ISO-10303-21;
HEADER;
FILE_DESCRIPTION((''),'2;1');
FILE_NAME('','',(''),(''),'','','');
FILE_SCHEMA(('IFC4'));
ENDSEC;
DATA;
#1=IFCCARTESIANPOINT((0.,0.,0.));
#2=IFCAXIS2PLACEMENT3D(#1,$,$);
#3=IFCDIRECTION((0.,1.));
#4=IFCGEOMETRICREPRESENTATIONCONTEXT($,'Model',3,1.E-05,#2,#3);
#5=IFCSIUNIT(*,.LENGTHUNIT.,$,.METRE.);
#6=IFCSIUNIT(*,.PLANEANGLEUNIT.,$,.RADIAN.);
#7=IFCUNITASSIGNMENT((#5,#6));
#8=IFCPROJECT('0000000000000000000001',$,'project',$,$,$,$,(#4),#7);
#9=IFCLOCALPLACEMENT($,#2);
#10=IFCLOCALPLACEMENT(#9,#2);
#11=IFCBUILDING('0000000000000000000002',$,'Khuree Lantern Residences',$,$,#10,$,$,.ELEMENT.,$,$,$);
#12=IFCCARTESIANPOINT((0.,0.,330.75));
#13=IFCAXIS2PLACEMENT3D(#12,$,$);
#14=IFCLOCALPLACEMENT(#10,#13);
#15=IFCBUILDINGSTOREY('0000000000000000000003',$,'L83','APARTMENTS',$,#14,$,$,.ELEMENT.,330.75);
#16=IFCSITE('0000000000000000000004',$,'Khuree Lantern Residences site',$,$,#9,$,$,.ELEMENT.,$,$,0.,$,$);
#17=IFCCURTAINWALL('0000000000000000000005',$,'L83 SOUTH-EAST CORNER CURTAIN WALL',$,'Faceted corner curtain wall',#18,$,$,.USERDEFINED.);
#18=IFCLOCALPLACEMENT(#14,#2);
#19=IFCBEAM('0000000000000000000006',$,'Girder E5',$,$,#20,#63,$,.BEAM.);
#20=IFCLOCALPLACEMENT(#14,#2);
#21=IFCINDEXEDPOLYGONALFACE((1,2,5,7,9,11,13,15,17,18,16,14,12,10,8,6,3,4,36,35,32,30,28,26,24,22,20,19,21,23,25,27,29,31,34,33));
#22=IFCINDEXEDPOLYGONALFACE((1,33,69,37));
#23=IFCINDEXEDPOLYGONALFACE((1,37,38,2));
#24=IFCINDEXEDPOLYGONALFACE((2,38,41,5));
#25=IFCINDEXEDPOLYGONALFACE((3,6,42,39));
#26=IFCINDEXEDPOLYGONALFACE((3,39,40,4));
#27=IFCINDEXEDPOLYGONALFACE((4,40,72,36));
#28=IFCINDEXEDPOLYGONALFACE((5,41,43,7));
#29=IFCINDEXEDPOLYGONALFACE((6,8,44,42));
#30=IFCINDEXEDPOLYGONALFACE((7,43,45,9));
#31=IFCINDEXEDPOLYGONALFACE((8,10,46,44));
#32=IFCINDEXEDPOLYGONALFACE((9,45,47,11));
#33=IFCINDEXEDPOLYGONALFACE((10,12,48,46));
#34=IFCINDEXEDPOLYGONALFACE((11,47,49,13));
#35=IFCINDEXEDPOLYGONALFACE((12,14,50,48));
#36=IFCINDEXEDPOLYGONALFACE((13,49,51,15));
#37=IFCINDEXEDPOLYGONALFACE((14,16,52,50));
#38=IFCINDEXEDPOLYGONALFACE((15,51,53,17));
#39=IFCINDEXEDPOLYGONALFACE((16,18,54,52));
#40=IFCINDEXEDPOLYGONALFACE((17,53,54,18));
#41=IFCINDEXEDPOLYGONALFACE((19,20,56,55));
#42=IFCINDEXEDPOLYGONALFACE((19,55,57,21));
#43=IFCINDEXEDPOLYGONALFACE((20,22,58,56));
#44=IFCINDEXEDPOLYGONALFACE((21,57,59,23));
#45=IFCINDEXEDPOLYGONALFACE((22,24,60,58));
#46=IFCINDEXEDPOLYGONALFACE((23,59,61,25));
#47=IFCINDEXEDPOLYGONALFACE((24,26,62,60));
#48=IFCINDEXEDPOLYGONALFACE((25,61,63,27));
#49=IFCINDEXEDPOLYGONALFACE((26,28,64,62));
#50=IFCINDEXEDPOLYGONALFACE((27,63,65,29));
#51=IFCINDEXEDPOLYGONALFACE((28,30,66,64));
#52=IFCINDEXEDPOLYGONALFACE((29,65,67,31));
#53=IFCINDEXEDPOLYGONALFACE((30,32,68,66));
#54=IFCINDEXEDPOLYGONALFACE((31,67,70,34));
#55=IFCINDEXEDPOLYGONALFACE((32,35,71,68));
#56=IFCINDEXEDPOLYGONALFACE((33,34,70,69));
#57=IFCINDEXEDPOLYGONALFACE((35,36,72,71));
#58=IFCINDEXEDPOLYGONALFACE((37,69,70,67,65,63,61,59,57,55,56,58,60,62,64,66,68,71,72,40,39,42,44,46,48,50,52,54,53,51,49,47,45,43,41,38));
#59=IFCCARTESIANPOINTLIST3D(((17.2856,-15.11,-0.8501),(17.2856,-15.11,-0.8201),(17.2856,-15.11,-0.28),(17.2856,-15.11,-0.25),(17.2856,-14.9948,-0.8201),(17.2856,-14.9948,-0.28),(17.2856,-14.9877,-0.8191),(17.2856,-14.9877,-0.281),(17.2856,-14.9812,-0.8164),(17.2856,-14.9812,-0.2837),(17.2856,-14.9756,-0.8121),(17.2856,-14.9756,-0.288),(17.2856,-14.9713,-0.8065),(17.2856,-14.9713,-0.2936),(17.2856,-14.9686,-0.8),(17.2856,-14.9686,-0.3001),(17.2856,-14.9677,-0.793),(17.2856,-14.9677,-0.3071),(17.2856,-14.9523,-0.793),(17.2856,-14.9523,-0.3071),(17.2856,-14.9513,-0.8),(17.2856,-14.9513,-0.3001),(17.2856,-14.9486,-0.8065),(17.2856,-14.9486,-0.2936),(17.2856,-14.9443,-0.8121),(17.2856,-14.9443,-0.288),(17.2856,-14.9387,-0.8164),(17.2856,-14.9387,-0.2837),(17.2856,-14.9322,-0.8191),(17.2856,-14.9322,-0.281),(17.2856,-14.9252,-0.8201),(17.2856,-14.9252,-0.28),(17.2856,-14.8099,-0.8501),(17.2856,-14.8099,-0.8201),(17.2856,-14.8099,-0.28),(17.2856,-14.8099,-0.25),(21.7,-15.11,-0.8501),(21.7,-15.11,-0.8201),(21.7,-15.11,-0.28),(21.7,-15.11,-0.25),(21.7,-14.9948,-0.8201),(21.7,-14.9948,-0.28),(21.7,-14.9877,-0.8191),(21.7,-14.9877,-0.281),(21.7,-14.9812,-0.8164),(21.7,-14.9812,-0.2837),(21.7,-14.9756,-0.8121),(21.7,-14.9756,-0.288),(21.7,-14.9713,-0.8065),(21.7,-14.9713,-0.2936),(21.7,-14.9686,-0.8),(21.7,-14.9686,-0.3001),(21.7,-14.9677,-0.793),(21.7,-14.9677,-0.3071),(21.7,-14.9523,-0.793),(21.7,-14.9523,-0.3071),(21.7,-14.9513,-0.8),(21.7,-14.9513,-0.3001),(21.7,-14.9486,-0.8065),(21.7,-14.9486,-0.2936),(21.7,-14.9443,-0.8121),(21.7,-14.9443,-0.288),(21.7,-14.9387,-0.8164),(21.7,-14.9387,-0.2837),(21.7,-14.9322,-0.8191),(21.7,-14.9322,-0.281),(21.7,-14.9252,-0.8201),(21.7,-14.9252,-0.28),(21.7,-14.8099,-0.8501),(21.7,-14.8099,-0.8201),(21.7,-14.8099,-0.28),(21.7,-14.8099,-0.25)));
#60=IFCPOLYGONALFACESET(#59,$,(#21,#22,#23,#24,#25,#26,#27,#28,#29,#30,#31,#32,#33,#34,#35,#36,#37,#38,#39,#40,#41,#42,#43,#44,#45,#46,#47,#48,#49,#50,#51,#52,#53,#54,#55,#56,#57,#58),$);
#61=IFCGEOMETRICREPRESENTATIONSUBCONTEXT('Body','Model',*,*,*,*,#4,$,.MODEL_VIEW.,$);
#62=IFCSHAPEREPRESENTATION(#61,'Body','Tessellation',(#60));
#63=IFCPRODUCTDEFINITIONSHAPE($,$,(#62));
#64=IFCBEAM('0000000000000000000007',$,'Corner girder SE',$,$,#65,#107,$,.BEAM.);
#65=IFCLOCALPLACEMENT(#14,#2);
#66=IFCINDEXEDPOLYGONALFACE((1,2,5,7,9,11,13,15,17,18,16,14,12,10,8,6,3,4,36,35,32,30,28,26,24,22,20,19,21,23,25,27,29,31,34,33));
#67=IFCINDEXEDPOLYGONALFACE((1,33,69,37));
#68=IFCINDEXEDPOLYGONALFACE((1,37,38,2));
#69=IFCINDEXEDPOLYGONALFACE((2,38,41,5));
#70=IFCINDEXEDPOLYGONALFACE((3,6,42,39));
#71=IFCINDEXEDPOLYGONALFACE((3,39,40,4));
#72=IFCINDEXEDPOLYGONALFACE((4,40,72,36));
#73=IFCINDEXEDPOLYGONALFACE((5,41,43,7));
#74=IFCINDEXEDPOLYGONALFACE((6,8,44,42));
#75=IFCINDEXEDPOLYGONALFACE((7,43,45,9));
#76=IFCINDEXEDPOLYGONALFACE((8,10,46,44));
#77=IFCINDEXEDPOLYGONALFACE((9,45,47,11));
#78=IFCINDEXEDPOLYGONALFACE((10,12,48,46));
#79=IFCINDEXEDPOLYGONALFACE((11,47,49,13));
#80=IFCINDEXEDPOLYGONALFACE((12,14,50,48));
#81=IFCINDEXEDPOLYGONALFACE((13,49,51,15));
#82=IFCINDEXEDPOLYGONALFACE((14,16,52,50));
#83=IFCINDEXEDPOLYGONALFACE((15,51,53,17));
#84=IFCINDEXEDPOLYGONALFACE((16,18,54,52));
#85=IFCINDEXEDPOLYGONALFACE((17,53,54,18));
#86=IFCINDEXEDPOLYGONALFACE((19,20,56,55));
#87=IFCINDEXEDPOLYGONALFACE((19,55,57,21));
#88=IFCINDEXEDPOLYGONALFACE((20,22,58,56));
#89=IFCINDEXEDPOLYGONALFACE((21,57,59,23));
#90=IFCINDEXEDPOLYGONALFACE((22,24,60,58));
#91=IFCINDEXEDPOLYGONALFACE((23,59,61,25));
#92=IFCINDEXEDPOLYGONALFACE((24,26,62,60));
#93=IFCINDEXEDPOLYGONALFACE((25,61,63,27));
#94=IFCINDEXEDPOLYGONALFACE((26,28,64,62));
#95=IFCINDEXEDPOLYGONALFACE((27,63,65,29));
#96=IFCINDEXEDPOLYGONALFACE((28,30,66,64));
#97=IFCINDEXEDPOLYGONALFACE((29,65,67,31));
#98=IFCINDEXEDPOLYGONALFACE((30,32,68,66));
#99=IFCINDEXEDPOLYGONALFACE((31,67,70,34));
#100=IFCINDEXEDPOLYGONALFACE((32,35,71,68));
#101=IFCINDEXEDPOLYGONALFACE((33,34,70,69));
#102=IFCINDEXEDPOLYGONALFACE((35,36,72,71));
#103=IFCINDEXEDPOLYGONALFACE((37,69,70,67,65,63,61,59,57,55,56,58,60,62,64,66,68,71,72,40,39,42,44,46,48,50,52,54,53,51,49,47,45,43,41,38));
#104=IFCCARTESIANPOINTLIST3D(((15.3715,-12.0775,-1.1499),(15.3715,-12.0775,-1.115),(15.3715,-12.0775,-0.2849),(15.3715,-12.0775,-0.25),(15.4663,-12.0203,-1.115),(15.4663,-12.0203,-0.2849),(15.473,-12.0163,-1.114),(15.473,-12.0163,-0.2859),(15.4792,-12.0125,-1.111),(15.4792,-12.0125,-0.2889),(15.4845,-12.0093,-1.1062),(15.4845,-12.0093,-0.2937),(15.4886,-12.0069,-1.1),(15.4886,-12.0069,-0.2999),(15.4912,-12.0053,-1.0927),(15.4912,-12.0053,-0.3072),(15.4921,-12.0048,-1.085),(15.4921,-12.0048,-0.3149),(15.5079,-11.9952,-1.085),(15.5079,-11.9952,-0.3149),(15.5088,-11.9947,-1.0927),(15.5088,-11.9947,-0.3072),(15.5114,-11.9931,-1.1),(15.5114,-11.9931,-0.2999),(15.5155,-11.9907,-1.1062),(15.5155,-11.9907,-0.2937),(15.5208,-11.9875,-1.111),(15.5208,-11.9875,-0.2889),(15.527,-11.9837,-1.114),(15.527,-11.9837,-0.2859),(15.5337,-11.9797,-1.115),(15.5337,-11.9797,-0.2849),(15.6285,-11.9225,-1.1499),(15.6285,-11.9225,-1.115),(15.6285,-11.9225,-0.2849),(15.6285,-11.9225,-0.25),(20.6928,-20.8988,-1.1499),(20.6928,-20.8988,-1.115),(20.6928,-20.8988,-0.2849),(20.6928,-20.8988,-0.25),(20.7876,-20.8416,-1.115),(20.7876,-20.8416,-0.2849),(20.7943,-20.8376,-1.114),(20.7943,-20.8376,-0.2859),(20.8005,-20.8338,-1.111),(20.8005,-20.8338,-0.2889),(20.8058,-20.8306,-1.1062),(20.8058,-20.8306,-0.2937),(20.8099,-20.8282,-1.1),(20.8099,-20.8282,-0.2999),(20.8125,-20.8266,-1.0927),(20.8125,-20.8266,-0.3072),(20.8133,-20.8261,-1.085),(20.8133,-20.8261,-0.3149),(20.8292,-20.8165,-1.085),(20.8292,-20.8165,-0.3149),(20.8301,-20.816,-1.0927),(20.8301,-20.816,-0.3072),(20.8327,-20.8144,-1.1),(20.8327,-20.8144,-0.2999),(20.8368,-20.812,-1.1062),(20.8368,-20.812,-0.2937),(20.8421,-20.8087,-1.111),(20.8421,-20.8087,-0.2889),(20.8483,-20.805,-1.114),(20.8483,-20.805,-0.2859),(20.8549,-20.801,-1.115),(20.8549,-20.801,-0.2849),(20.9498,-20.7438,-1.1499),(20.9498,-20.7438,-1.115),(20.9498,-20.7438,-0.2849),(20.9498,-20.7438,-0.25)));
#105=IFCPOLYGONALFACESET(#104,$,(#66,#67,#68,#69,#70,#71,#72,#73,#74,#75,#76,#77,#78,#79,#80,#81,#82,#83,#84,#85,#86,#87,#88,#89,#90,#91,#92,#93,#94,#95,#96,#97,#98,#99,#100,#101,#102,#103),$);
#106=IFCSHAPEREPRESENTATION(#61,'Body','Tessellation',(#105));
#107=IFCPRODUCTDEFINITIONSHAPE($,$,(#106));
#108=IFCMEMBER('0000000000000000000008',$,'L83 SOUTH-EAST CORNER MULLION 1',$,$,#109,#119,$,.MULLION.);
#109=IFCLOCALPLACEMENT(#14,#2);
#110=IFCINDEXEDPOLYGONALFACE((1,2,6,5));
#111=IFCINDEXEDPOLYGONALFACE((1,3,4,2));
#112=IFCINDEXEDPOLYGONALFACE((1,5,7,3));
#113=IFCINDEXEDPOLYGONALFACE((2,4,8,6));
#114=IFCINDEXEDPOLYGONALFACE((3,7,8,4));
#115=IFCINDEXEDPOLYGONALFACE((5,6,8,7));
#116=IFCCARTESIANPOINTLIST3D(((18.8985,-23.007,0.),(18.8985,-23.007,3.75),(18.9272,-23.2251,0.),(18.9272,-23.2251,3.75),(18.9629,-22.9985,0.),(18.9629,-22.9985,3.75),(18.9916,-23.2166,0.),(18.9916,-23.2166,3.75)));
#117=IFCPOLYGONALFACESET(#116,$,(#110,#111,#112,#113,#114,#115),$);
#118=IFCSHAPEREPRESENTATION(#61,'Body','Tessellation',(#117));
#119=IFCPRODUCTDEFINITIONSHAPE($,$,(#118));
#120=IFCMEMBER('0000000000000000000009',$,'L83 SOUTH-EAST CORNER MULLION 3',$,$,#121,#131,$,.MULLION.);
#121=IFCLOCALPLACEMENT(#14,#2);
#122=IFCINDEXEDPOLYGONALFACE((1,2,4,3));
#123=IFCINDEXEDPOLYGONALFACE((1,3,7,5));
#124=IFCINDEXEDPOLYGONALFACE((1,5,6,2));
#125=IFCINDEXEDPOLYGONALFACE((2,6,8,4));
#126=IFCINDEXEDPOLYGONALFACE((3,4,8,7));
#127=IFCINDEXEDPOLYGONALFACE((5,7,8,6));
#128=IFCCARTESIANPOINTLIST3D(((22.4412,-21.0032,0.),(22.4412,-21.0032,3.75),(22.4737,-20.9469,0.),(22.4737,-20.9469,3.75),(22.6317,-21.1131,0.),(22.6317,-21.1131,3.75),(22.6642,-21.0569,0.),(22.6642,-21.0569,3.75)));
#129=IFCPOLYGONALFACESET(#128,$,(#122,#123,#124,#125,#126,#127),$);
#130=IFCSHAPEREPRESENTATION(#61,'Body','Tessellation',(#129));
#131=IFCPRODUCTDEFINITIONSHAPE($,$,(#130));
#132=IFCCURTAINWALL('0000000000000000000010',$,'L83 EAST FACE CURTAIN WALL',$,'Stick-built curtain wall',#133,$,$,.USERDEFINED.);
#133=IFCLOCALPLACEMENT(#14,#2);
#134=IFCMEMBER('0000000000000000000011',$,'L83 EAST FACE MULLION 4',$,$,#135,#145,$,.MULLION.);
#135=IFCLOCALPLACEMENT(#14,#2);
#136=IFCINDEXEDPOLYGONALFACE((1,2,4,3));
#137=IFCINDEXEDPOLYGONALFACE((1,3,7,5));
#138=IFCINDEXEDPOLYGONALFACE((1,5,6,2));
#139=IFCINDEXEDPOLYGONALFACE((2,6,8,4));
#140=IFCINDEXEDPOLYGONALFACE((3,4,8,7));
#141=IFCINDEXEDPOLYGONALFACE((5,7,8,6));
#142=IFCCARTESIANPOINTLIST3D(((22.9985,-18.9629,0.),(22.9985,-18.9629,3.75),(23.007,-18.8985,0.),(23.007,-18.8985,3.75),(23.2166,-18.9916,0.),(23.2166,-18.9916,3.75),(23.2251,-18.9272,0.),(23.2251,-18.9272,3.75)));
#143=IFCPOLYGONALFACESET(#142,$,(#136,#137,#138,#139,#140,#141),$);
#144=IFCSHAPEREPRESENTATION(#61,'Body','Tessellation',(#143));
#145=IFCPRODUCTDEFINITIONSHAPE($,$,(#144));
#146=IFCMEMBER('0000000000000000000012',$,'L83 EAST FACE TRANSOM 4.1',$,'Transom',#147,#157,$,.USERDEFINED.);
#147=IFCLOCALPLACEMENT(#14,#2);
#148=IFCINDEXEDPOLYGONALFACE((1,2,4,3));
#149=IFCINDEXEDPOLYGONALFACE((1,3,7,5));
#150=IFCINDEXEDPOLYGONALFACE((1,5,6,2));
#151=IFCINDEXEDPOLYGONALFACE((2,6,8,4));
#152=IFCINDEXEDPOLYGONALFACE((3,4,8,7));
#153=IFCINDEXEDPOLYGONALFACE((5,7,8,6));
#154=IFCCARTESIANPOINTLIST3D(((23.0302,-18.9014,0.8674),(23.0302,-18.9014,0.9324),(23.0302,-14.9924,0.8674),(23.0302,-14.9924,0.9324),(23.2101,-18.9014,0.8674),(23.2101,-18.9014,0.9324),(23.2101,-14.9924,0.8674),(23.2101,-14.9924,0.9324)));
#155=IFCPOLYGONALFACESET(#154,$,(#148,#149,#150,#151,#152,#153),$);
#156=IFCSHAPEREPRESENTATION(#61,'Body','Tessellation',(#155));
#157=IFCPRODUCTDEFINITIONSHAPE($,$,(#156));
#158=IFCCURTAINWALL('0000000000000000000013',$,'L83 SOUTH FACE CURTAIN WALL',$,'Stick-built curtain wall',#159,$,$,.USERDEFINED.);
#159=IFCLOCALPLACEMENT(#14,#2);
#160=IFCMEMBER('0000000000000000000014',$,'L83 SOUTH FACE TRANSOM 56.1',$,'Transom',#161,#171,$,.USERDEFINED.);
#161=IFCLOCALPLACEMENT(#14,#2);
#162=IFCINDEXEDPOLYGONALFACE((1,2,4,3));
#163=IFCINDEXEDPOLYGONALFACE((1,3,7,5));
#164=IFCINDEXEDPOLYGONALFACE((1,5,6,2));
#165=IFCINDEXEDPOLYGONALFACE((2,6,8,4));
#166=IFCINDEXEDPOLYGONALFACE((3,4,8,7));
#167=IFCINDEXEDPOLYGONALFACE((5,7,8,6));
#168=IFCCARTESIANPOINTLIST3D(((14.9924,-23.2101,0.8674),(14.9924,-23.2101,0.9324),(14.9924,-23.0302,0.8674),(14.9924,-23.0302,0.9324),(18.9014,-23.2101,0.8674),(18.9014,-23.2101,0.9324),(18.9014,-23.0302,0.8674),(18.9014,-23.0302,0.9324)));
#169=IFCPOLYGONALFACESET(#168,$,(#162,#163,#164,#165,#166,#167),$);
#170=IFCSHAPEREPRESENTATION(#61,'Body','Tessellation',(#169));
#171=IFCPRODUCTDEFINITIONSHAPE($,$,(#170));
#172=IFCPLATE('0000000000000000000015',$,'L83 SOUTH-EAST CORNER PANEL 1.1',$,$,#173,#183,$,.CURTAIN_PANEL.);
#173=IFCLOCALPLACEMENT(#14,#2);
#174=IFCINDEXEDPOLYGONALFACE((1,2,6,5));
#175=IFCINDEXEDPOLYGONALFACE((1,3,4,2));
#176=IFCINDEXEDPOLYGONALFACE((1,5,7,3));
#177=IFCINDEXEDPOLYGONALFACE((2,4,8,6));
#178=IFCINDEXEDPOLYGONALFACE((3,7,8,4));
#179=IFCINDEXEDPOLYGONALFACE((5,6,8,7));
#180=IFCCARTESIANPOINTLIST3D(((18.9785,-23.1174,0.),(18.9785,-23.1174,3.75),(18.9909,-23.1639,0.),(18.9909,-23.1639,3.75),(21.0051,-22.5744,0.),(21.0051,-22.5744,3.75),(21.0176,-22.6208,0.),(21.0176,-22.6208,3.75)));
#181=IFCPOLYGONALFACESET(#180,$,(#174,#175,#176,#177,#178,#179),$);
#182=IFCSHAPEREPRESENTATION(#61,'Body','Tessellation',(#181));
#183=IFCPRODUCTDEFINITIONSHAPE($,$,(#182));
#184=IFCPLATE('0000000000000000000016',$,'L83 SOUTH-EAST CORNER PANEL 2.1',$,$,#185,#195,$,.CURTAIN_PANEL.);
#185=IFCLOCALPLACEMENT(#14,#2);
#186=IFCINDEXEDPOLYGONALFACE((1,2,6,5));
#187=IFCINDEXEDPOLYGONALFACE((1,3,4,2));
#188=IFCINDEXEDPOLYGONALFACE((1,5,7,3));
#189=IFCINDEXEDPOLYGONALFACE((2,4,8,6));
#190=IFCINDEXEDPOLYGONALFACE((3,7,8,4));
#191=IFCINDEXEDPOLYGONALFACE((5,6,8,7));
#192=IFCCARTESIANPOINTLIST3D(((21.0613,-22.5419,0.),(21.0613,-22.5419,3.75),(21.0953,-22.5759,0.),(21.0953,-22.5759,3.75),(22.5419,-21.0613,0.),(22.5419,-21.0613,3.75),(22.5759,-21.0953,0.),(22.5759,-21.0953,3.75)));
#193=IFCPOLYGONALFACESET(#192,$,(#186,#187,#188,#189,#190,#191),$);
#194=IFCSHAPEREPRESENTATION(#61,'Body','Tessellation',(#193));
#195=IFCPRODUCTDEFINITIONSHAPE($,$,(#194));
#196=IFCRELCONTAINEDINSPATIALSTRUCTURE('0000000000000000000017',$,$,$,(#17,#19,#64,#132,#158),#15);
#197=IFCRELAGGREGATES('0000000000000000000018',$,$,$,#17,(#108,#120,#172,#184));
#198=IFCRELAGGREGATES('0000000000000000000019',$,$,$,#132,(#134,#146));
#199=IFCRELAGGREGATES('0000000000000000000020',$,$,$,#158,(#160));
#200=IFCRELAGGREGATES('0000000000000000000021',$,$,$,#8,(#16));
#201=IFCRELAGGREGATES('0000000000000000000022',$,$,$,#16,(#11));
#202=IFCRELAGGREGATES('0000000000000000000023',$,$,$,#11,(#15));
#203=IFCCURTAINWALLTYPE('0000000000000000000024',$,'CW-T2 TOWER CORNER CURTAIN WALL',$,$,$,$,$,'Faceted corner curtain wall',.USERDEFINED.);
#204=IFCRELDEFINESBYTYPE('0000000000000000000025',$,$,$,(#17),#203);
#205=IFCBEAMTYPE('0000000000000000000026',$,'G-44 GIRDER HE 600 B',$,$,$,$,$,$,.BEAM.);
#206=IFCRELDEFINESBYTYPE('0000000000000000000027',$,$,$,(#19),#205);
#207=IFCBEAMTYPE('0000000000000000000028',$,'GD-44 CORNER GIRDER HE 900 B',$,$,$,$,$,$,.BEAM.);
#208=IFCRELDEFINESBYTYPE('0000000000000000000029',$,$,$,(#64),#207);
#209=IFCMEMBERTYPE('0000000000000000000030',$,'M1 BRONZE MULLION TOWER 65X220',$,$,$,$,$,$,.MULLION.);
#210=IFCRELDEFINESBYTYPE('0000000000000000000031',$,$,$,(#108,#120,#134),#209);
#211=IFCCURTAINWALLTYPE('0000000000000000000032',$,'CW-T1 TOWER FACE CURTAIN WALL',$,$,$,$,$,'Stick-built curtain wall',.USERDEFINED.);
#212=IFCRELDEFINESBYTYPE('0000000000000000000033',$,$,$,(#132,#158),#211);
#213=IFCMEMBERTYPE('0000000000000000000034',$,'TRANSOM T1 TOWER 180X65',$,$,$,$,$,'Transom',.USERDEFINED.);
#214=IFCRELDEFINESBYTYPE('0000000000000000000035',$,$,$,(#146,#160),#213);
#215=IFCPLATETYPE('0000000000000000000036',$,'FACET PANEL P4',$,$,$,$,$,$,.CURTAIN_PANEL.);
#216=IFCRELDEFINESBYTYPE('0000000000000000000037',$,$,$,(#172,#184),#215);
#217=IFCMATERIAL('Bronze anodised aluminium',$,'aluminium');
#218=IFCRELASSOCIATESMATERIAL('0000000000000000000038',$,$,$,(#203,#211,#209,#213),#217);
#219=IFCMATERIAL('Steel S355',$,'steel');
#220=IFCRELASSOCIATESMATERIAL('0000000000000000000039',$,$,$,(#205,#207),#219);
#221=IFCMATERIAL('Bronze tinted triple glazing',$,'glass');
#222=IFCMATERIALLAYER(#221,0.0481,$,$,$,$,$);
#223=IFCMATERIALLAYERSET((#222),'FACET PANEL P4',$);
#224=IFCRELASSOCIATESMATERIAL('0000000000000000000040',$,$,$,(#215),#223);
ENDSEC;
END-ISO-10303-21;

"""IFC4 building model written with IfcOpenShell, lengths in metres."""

from ifc_helpers import new_model, si_unit, direction, frame, origin, origin_2d, place, context, subcontext, project, spatial, rectangle, i_section, extrude, material, layer, layer_set, material_profile, profile_set, type_object, element, aggregate, save


model = new_model("IFC4")

# Units and contexts
model_context = context("Model", 3, precision=1e-05, world=origin(), true_north=direction((0.0, 1.0)))
body_context = subcontext(model_context, "Body", "Model", "MODEL_VIEW")
ifc_project = project(units=[si_unit("LENGTHUNIT", "METRE"), si_unit("PLANEANGLEUNIT", "RADIAN")], contexts=[model_context])

# Site, building, storey
site_placement = place(None, origin())
site = spatial("IfcSite", under=ifc_project, at=site_placement, Name="Khuree Lantern Residences site", CompositionType="ELEMENT", RefElevation=0.0)
building_placement = place(site_placement, origin())
building = spatial("IfcBuilding", under=site, at=building_placement, Name="Khuree Lantern Residences", CompositionType="ELEMENT")
storey_placement = place(building_placement, frame((0.0, 0.0, 330.75)))
storey = spatial("IfcBuildingStorey", under=building, at=storey_placement, Name="L83", Description="APARTMENTS", CompositionType="ELEMENT", Elevation=330.75)

# Shared definitions
ifc_material_1 = material(Name="Steel S355", Category="steel")

# Curtain wall
ifc_material_2 = material(Name="Bronze anodised aluminium", Category="aluminium")
curtain_wall_type_1 = type_object("IfcCurtainWallType", Name="CW-T2 TOWER CORNER CURTAIN WALL", ElementType="Faceted corner curtain wall", PredefinedType="USERDEFINED", material=ifc_material_2)
curtain_wall_1_placement = place(storey_placement, origin())
curtain_wall_1 = element("IfcCurtainWall", 1, at=curtain_wall_1_placement, inside=storey, type_object=curtain_wall_type_1, Name="L83 SOUTH-EAST CORNER CURTAIN WALL", ObjectType="Faceted corner curtain wall", PredefinedType="USERDEFINED")

# Beams
ifc_material_profile_1 = material_profile(ifc_material_1, i_section(OverallWidth=0.3, OverallDepth=0.6001, WebThickness=0.0154, FlangeThickness=0.03, FilletRadius=0.0271, at=origin_2d()), Name="HE 600 B")
ifc_profile_set_1 = profile_set([ifc_material_profile_1], Name="Steel S355")
beam_type_1 = type_object("IfcBeamType", Name="G-44 GIRDER HE 600 B", PredefinedType="BEAM", material=ifc_profile_set_1)
beam_1_placement = place(storey_placement, frame((21.7, -14.96, -0.55), z_axis=(-1.0, 0.0, 0.0), x_axis=(0.0, -1.0, 0.0)))
element("IfcBeam", 2, at=beam_1_placement, inside=storey, type_object=beam_type_1, Name="Girder E5", PredefinedType="BEAM", context=body_context, shape_type="SweptSolid", body=[
    extrude(i_section(OverallWidth=0.3, OverallDepth=0.6001, WebThickness=0.0154, FlangeThickness=0.03, FilletRadius=0.0271, at=origin_2d()), origin(), (0.0, 0.0, 1.0), 4.4143),
])
ifc_material_profile_2 = material_profile(ifc_material_1, i_section(OverallWidth=0.3, OverallDepth=0.8999, WebThickness=0.0186, FlangeThickness=0.0349, FilletRadius=0.03, at=origin_2d()), Name="HE 900 B")
ifc_profile_set_2 = profile_set([ifc_material_profile_2], Name="Steel S355")
beam_type_2 = type_object("IfcBeamType", Name="GD-44 CORNER GIRDER HE 900 B", PredefinedType="BEAM", material=ifc_profile_set_2)
beam_2_placement = place(storey_placement, frame((20.8213, -20.8213, -0.7), z_axis=(-0.51653, 0.856269, 0.0), x_axis=(-0.856269, -0.51653, 0.0)))
element("IfcBeam", 3, at=beam_2_placement, inside=storey, type_object=beam_type_2, Name="Corner girder SE", PredefinedType="BEAM", context=body_context, shape_type="SweptSolid", body=[
    extrude(i_section(OverallWidth=0.3, OverallDepth=0.8999, WebThickness=0.0186, FlangeThickness=0.0349, FilletRadius=0.03, at=origin_2d()), origin(), (0.0, 0.0, 1.0), 10.302),
])

# Members
ifc_material_profile_3 = material_profile(ifc_material_2, rectangle(XDim=0.0649, YDim=0.22, at=origin_2d()), Name="M1 65X220")
ifc_profile_set_3 = profile_set([ifc_material_profile_3], Name="Bronze anodised aluminium")
member_type_1 = type_object("IfcMemberType", Name="M1 BRONZE MULLION TOWER 65X220", PredefinedType="MULLION", material=ifc_profile_set_3)
member_1_placement = place(storey_placement, frame((18.9451, -23.1118, 0.0), z_axis=(0.0, 0.0, 1.0), x_axis=(0.991445, 0.130526, 0.0)))
member_1 = element("IfcMember", 4, at=member_1_placement, type_object=member_type_1, Name="L83 SOUTH-EAST CORNER MULLION 1", PredefinedType="MULLION", context=body_context, shape_type="SweptSolid", body=[
    extrude(rectangle(XDim=0.0649, YDim=0.22, at=origin_2d()), origin(), (0.0, 0.0, 1.0), 3.75),
])
member_2_placement = place(storey_placement, frame((22.5527, -21.03, 0.0), z_axis=(0.0, 0.0, 1.0), x_axis=(0.5, 0.866025, 0.0)))
member_2 = element("IfcMember", 5, at=member_2_placement, type_object=member_type_1, Name="L83 SOUTH-EAST CORNER MULLION 3", PredefinedType="MULLION", context=body_context, shape_type="SweptSolid", body=[
    extrude(rectangle(XDim=0.0649, YDim=0.22, at=origin_2d()), origin(), (0.0, 0.0, 1.0), 3.75),
])

# Curtain wall, members
curtain_wall_type_2 = type_object("IfcCurtainWallType", Name="CW-T1 TOWER FACE CURTAIN WALL", ElementType="Stick-built curtain wall", PredefinedType="USERDEFINED", material=ifc_material_2)
curtain_wall_2_placement = place(storey_placement, origin())
curtain_wall_2 = element("IfcCurtainWall", 6, at=curtain_wall_2_placement, inside=storey, type_object=curtain_wall_type_2, Name="L83 EAST FACE CURTAIN WALL", ObjectType="Stick-built curtain wall", PredefinedType="USERDEFINED")
member_3_placement = place(storey_placement, frame((23.1118, -18.9451, 0.0), z_axis=(0.0, 0.0, 1.0), x_axis=(0.130526, 0.991445, 0.0)))
member_3 = element("IfcMember", 7, at=member_3_placement, type_object=member_type_1, Name="L83 EAST FACE MULLION 4", PredefinedType="MULLION", context=body_context, shape_type="SweptSolid", body=[
    extrude(rectangle(XDim=0.0649, YDim=0.22, at=origin_2d()), origin(), (0.0, 0.0, 1.0), 3.75),
])
ifc_material_profile_4 = material_profile(ifc_material_2, rectangle(XDim=0.1799, YDim=0.0649, at=origin_2d()), Name="T1 180X65")
ifc_profile_set_4 = profile_set([ifc_material_profile_4], Name="Bronze anodised aluminium")
member_type_2 = type_object("IfcMemberType", Name="TRANSOM T1 TOWER 180X65", ElementType="Transom", PredefinedType="USERDEFINED", material=ifc_profile_set_4)
member_4_placement = place(storey_placement, frame((23.1201, -18.9014, 0.8999), z_axis=(0.0, 1.0, 0.0), x_axis=(-1.0, 0.0, 0.0)))
member_4 = element("IfcMember", 8, at=member_4_placement, type_object=member_type_2, Name="L83 EAST FACE TRANSOM 4.1", ObjectType="Transom", PredefinedType="USERDEFINED", context=body_context, shape_type="SweptSolid", body=[
    extrude(rectangle(XDim=0.1799, YDim=0.0649, at=origin_2d()), origin(), (0.0, 0.0, 1.0), 3.9089),
])

# Curtain wall, member
curtain_wall_3_placement = place(storey_placement, origin())
curtain_wall_3 = element("IfcCurtainWall", 9, at=curtain_wall_3_placement, inside=storey, type_object=curtain_wall_type_2, Name="L83 SOUTH FACE CURTAIN WALL", ObjectType="Stick-built curtain wall", PredefinedType="USERDEFINED")
member_5_placement = place(storey_placement, frame((14.9924, -23.1201, 0.8999), z_axis=(1.0, 0.0, 0.0), x_axis=(0.0, 1.0, 0.0)))
member_5 = element("IfcMember", 10, at=member_5_placement, type_object=member_type_2, Name="L83 SOUTH FACE TRANSOM 56.1", ObjectType="Transom", PredefinedType="USERDEFINED", context=body_context, shape_type="SweptSolid", body=[
    extrude(rectangle(XDim=0.1799, YDim=0.0649, at=origin_2d()), origin(), (0.0, 0.0, 1.0), 3.9089),
])

# Plates
ifc_material_3 = material(Name="Bronze tinted triple glazing", Category="glass")
ifc_layer_1 = layer(ifc_material_3, 0.0481)
ifc_layer_set_1 = layer_set([ifc_layer_1], Name="FACET PANEL P4")
plate_type_1 = type_object("IfcPlateType", Name="FACET PANEL P4", PredefinedType="CURTAIN_PANEL", material=ifc_layer_set_1)
plate_1_placement = place(storey_placement, frame((19.998, -22.8691, 0.0), z_axis=(0.0, 0.0, 1.0), x_axis=(0.965926, 0.258819, 0.0)))
plate_1 = element("IfcPlate", 11, at=plate_1_placement, type_object=plate_type_1, Name="L83 SOUTH-EAST CORNER PANEL 1.1", PredefinedType="CURTAIN_PANEL", context=body_context, shape_type="SweptSolid", body=[
    extrude(rectangle(XDim=2.0981, YDim=0.0481, at=origin_2d()), origin(), (0.0, 0.0, 1.0), 3.75),
])
plate_2_placement = place(storey_placement, frame((21.8186, -21.8186, 0.0), z_axis=(0.0, 0.0, 1.0), x_axis=(0.707107, 0.707107, 0.0)))
plate_2 = element("IfcPlate", 12, at=plate_2_placement, type_object=plate_type_1, Name="L83 SOUTH-EAST CORNER PANEL 2.1", PredefinedType="CURTAIN_PANEL", context=body_context, shape_type="SweptSolid", body=[
    extrude(rectangle(XDim=2.094, YDim=0.0481, at=origin_2d()), origin(), (0.0, 0.0, 1.0), 3.75),
])
aggregate(curtain_wall_1, [member_1, member_2, plate_1, plate_2])
aggregate(curtain_wall_2, [member_3, member_4])
aggregate(curtain_wall_3, [member_5])

save(model, "model.ifc")
